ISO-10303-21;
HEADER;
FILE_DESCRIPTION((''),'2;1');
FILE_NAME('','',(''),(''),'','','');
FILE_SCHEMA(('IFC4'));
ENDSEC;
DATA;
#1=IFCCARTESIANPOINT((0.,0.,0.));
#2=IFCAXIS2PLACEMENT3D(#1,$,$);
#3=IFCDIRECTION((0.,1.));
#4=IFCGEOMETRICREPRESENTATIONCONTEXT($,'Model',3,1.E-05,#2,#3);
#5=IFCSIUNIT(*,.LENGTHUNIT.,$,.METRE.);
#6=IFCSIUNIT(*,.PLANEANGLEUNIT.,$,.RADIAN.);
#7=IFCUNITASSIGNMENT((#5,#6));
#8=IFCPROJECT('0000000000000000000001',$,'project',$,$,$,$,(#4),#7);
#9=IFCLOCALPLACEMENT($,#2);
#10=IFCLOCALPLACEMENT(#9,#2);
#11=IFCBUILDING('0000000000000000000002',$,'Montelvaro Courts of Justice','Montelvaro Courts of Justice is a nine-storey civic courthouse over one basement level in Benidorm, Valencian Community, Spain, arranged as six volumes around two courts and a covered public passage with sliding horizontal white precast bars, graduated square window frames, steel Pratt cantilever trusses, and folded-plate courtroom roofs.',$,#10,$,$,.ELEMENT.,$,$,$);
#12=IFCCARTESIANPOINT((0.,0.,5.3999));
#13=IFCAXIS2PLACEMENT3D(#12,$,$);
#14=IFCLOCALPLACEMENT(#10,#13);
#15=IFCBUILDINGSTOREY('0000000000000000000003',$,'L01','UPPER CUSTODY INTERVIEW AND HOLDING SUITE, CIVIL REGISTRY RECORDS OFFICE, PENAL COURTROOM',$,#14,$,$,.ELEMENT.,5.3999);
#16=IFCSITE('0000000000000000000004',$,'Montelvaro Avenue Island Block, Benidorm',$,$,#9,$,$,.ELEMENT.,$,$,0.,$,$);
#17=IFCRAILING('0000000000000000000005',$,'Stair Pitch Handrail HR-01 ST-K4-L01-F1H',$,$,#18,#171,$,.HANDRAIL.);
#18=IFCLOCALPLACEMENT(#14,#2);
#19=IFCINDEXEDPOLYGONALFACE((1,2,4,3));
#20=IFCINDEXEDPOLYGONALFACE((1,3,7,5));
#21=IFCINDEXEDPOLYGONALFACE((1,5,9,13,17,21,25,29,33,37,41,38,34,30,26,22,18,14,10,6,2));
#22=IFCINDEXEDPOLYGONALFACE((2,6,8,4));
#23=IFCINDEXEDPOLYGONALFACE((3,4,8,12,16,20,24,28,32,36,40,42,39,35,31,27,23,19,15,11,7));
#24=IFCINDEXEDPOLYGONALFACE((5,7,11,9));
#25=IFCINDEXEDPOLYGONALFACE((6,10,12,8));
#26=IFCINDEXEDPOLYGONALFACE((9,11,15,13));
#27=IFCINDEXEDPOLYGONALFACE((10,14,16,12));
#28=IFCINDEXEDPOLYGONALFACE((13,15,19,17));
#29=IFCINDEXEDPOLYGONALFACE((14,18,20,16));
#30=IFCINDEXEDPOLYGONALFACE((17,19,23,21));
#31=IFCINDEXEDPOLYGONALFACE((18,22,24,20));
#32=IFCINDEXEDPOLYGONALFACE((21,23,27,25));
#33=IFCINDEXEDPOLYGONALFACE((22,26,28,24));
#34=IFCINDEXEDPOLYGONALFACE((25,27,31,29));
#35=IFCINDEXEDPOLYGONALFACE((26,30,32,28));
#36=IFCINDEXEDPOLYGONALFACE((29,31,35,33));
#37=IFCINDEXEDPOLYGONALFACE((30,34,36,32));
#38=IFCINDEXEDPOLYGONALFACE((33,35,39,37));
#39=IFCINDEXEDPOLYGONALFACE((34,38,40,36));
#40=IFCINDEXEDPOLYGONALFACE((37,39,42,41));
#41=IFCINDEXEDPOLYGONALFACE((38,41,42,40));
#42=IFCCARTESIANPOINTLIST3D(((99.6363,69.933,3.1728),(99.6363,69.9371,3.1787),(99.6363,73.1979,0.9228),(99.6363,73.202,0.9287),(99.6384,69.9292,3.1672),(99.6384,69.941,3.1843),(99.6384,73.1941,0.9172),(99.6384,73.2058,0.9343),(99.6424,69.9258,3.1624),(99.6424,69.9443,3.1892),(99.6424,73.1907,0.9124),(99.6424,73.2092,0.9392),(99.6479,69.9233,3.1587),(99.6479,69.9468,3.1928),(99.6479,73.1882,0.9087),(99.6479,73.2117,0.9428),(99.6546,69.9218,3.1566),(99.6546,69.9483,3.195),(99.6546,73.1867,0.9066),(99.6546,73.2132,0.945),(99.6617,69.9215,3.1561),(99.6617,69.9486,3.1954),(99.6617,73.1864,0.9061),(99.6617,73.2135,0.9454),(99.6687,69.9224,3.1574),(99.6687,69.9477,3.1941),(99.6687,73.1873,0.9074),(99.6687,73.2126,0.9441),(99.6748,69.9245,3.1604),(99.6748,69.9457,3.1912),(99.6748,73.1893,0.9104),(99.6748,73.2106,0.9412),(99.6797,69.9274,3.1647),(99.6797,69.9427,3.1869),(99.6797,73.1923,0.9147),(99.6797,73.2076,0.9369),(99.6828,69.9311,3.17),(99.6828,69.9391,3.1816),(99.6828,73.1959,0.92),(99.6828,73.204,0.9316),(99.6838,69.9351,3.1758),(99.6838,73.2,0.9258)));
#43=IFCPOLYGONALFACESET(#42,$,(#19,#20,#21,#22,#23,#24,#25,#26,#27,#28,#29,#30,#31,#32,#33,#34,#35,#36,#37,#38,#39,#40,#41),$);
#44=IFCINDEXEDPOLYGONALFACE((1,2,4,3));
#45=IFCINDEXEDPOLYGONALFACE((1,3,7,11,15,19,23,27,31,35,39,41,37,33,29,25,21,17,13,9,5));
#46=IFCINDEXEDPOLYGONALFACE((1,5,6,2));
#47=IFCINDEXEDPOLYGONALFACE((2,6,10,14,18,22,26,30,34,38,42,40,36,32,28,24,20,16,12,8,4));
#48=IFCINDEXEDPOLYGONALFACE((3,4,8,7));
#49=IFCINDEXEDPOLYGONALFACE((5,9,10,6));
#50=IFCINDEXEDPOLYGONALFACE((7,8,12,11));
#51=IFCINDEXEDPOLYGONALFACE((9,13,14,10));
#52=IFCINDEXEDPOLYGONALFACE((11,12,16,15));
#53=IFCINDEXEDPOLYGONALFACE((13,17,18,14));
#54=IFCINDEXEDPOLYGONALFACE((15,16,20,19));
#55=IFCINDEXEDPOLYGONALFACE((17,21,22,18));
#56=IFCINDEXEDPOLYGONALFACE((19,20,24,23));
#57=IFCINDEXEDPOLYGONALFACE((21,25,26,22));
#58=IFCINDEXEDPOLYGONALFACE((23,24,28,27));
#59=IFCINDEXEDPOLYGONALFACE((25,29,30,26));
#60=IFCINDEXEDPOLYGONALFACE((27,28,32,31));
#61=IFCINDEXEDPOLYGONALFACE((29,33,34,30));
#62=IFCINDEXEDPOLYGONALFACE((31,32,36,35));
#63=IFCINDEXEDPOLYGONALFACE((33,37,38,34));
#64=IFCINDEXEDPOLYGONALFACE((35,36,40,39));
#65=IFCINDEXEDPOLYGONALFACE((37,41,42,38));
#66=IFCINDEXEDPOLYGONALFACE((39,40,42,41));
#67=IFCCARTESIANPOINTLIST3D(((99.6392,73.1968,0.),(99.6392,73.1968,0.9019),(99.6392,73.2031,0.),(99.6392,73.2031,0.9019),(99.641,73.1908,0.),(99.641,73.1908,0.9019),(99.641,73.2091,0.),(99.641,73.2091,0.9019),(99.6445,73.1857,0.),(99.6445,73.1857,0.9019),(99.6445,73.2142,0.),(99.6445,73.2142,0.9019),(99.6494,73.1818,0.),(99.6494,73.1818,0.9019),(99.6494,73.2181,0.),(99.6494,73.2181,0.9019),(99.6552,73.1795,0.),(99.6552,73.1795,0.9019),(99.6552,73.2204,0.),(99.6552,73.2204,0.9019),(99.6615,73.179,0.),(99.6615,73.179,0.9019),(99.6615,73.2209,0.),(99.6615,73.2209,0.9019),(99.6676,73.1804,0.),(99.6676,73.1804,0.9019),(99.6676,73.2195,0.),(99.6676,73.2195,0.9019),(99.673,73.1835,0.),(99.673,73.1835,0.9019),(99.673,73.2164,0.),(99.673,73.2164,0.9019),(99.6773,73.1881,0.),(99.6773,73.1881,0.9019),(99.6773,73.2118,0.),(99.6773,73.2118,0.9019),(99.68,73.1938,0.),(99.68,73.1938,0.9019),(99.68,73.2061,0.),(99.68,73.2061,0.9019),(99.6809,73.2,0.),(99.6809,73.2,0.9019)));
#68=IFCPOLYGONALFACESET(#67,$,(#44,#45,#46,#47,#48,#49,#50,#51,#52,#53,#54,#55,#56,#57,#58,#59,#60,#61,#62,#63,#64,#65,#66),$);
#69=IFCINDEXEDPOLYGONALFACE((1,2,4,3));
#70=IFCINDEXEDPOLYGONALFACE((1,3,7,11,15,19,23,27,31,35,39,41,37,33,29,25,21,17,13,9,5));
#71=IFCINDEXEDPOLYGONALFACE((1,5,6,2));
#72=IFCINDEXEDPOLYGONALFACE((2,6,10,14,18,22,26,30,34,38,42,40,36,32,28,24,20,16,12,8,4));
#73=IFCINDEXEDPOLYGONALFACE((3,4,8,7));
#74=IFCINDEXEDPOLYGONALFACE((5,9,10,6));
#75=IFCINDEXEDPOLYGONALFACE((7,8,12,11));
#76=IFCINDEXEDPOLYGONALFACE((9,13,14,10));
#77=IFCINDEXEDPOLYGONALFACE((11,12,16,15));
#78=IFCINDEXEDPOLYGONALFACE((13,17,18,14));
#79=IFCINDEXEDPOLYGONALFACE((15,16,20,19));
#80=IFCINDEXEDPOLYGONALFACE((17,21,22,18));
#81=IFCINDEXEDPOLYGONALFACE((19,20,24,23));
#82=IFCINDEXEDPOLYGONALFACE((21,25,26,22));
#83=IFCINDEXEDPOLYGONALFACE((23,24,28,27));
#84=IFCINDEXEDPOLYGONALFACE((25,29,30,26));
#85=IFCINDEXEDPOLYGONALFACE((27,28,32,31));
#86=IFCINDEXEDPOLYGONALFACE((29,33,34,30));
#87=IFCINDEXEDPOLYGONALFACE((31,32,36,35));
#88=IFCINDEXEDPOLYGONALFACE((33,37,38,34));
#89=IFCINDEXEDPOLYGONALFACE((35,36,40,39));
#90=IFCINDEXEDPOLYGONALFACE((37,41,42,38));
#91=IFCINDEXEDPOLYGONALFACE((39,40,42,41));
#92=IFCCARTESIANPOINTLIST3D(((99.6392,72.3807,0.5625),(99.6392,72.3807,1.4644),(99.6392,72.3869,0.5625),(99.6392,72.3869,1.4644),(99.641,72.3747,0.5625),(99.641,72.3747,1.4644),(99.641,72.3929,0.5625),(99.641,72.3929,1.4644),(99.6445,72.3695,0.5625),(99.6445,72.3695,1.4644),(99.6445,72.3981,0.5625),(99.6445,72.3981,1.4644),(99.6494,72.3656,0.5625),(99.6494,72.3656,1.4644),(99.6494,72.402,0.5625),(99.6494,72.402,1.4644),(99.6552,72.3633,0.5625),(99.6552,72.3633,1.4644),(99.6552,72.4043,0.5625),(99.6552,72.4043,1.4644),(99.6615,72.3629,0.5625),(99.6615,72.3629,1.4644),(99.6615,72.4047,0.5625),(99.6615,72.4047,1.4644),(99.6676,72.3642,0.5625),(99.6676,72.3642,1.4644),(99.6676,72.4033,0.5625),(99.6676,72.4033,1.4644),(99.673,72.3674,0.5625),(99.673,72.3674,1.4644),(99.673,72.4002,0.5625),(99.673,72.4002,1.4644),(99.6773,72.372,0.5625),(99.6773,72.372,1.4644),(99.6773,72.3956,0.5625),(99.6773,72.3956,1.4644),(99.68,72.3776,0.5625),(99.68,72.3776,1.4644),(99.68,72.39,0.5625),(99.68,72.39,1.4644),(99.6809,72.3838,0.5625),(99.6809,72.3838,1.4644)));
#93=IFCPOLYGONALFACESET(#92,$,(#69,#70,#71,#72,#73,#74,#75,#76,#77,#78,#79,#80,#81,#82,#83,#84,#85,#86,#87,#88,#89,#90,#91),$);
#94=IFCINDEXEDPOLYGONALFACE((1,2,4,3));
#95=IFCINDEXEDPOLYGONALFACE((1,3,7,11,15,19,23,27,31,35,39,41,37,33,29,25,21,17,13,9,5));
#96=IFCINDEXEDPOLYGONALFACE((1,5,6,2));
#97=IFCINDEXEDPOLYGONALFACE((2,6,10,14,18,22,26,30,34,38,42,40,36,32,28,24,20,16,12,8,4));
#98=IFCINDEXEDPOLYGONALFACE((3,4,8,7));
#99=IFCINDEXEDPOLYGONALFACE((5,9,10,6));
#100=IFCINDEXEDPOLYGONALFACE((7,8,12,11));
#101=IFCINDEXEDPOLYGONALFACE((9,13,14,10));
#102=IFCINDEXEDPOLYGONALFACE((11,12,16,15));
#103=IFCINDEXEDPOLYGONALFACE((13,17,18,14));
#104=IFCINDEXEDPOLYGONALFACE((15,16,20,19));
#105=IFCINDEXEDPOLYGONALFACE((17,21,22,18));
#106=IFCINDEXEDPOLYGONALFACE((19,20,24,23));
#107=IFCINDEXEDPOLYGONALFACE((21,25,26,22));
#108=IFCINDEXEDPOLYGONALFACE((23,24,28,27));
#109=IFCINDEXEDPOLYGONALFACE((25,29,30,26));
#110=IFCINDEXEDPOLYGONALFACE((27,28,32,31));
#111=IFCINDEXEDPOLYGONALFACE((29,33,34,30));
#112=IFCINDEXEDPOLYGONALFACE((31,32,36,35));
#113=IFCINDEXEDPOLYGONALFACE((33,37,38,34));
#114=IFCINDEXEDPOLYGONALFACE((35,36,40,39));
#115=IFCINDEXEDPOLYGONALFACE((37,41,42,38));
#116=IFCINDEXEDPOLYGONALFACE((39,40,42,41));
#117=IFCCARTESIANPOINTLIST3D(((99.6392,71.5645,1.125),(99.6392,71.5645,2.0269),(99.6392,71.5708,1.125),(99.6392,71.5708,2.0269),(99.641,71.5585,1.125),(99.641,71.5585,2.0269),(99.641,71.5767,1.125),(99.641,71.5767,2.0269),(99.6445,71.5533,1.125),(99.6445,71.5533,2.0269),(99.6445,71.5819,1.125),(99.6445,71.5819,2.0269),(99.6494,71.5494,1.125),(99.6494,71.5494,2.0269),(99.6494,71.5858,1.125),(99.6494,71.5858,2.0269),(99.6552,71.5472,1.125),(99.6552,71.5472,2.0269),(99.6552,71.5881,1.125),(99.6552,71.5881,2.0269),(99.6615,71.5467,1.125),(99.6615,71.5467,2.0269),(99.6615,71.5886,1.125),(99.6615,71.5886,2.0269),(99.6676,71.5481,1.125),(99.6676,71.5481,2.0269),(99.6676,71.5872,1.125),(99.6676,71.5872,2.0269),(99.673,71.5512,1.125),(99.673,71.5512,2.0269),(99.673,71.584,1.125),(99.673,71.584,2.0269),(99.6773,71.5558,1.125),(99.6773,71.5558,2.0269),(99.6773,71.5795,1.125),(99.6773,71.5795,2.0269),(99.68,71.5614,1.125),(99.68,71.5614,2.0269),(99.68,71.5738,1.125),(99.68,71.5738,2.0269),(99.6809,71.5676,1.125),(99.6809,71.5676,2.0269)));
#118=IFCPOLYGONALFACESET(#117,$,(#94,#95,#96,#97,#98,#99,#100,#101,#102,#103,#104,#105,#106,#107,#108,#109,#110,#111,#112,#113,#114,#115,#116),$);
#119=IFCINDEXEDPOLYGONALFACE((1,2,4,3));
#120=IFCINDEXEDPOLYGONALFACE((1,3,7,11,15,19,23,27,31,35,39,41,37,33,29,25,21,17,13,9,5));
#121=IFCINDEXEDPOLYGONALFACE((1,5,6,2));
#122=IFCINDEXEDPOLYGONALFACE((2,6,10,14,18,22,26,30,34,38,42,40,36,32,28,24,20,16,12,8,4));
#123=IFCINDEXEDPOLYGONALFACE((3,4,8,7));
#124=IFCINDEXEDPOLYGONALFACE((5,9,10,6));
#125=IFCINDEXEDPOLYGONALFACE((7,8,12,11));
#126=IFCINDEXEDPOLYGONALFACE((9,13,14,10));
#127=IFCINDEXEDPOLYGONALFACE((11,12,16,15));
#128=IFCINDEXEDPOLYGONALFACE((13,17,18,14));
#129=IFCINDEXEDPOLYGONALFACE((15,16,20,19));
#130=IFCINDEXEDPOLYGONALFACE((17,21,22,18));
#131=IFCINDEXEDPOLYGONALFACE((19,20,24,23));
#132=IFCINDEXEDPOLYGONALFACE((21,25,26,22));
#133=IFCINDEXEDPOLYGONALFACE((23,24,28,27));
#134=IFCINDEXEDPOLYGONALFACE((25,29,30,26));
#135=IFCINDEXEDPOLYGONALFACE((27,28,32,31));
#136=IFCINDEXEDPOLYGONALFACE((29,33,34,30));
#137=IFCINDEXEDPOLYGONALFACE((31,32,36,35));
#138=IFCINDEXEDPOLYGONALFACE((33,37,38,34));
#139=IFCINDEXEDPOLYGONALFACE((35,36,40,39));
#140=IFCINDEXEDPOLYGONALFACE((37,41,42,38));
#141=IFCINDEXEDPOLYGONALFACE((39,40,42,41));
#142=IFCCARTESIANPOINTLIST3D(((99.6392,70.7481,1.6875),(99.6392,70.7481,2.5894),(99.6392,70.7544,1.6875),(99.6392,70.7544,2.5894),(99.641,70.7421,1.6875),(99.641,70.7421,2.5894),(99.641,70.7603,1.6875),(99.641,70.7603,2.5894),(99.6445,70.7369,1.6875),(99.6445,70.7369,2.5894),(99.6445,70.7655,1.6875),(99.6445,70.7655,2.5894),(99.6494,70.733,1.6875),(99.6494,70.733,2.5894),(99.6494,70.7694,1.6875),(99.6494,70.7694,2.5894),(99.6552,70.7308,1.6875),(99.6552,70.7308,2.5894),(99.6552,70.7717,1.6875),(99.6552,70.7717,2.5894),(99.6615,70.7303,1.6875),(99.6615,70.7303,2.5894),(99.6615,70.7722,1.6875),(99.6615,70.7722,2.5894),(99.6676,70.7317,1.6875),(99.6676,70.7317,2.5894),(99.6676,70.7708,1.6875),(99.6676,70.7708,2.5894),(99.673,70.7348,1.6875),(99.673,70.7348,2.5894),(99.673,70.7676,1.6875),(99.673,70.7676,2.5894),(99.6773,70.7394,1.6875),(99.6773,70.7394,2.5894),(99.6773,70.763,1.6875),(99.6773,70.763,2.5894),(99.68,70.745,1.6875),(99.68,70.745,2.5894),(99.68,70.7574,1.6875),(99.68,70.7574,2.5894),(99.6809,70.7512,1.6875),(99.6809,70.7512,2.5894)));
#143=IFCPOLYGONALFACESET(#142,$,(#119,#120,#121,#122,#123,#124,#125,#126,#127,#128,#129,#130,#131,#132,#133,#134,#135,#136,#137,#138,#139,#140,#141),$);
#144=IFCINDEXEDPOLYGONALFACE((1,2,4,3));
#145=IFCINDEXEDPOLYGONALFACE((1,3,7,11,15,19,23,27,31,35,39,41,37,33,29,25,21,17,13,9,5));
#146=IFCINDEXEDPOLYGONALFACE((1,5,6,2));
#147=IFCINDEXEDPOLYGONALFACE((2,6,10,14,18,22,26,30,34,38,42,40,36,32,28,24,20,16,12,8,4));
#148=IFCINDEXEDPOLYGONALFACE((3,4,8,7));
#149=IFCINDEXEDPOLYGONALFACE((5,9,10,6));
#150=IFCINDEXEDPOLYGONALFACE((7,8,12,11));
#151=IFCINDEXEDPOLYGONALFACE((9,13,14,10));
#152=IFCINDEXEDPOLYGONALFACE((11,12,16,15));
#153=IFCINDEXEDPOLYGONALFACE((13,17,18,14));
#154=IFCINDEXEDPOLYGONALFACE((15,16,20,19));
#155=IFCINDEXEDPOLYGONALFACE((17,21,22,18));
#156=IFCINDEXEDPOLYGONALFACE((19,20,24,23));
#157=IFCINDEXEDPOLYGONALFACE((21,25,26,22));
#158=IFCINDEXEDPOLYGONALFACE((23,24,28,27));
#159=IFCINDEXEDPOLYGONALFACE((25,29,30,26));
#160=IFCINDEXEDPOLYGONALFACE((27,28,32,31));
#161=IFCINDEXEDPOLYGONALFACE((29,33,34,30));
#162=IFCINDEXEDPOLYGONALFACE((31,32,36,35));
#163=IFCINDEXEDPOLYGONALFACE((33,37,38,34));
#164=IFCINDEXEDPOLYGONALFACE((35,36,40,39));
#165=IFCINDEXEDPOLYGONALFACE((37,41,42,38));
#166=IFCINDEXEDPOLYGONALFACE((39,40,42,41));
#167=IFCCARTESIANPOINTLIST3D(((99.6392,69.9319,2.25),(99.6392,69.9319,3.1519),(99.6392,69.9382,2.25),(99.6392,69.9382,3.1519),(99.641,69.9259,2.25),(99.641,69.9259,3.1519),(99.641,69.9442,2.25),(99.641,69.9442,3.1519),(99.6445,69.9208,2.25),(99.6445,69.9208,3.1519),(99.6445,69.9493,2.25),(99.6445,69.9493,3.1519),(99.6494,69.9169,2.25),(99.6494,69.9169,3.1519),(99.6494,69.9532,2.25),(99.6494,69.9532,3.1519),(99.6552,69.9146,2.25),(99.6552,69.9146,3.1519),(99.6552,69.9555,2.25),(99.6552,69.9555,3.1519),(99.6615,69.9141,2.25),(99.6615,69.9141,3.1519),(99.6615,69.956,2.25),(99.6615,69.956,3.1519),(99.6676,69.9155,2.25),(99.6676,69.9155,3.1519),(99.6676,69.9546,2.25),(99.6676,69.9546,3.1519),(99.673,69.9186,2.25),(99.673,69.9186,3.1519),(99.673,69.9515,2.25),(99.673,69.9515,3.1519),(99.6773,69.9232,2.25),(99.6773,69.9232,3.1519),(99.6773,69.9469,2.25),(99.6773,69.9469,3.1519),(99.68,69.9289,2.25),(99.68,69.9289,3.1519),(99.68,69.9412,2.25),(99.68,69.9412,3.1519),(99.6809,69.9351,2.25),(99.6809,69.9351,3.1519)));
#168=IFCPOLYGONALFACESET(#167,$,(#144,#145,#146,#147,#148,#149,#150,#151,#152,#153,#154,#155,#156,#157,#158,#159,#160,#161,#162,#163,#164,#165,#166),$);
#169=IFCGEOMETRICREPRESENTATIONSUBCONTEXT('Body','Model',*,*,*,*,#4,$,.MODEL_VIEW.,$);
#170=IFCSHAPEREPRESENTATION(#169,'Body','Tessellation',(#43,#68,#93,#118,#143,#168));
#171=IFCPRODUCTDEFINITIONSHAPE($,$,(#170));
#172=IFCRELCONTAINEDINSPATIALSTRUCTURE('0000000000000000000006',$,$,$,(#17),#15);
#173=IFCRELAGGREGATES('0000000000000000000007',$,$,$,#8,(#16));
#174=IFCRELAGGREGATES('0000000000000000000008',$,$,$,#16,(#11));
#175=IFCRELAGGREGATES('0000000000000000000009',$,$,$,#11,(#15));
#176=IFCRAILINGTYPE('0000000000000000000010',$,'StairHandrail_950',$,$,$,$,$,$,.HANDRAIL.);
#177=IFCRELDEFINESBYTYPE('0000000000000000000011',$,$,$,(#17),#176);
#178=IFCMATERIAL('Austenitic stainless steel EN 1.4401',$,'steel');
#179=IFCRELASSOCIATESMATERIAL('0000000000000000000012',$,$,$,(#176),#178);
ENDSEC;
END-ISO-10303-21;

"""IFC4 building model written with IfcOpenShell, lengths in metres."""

from ifc_helpers import new_model, si_unit, direction, frame, origin, origin_2d, place, context, subcontext, project, spatial, circle, extrude, material, type_object, element, save


model = new_model("IFC4")

# Units and contexts
model_context = context("Model", 3, precision=1e-05, world=origin(), true_north=direction((0.0, 1.0)))
body_context = subcontext(model_context, "Body", "Model", "MODEL_VIEW")
ifc_project = project(units=[si_unit("LENGTHUNIT", "METRE"), si_unit("PLANEANGLEUNIT", "RADIAN")], contexts=[model_context])

# Site, building, storey
site_placement = place(None, origin())
site = spatial("IfcSite", under=ifc_project, at=site_placement, Name="Montelvaro Avenue Island Block, Benidorm", CompositionType="ELEMENT", RefElevation=0.0)
building_placement = place(site_placement, origin())
building = spatial("IfcBuilding", under=site, at=building_placement, Name="Montelvaro Courts of Justice", Description="Montelvaro Courts of Justice is a nine-storey civic courthouse over one basement level in Benidorm, Valencian Community, Spain, arranged as six volumes around two courts and a covered public passage with sliding horizontal white precast bars, graduated square window frames, steel Pratt cantilever trusses, and folded-plate courtroom roofs.", CompositionType="ELEMENT")
storey_placement = place(building_placement, frame((0.0, 0.0, 5.3999)))
storey = spatial("IfcBuildingStorey", under=building, at=storey_placement, Name="L01", Description="UPPER CUSTODY INTERVIEW AND HOLDING SUITE, CIVIL REGISTRY RECORDS OFFICE, PENAL COURTROOM", CompositionType="ELEMENT", Elevation=5.3999)

# Railing
ifc_material_1 = material(Name="Austenitic stainless steel EN 1.4401", Category="steel")
railing_type_1 = type_object("IfcRailingType", Name="StairHandrail_950", PredefinedType="HANDRAIL", material=ifc_material_1)
railing_1_placement = place(storey_placement, frame((99.6599, 73.2, 0.0)))
element("IfcRailing", 1, at=railing_1_placement, inside=storey, type_object=railing_type_1, Name="Stair Pitch Handrail HR-01 ST-K4-L01-F1H", PredefinedType="HANDRAIL", context=body_context, shape_type="SweptSolid", body=[
    extrude(circle(Radius=0.0239, at=origin_2d()), frame((0.0, 0.0, 0.9258), z_axis=(0.0, -0.823407, 0.567451), x_axis=(1.0, 0.0, 0.0)), (0.0, 0.0, 1.0), 3.9651),
    extrude(circle(Radius=0.021, at=origin_2d()), origin(), (0.0, 0.0, 1.0), 0.9019),
    extrude(circle(Radius=0.021, at=origin_2d()), frame((0.0, -0.8162, 0.5625)), (0.0, 0.0, 1.0), 0.9019),
    extrude(circle(Radius=0.021, at=origin_2d()), frame((0.0, -1.6323, 1.125)), (0.0, 0.0, 1.0), 0.9019),
    extrude(circle(Radius=0.021, at=origin_2d()), frame((0.0, -2.4487, 1.6875)), (0.0, 0.0, 1.0), 0.9019),
    extrude(circle(Radius=0.021, at=origin_2d()), frame((0.0, -3.2649, 2.25)), (0.0, 0.0, 1.0), 0.9019),
])

save(model, "model.ifc")
